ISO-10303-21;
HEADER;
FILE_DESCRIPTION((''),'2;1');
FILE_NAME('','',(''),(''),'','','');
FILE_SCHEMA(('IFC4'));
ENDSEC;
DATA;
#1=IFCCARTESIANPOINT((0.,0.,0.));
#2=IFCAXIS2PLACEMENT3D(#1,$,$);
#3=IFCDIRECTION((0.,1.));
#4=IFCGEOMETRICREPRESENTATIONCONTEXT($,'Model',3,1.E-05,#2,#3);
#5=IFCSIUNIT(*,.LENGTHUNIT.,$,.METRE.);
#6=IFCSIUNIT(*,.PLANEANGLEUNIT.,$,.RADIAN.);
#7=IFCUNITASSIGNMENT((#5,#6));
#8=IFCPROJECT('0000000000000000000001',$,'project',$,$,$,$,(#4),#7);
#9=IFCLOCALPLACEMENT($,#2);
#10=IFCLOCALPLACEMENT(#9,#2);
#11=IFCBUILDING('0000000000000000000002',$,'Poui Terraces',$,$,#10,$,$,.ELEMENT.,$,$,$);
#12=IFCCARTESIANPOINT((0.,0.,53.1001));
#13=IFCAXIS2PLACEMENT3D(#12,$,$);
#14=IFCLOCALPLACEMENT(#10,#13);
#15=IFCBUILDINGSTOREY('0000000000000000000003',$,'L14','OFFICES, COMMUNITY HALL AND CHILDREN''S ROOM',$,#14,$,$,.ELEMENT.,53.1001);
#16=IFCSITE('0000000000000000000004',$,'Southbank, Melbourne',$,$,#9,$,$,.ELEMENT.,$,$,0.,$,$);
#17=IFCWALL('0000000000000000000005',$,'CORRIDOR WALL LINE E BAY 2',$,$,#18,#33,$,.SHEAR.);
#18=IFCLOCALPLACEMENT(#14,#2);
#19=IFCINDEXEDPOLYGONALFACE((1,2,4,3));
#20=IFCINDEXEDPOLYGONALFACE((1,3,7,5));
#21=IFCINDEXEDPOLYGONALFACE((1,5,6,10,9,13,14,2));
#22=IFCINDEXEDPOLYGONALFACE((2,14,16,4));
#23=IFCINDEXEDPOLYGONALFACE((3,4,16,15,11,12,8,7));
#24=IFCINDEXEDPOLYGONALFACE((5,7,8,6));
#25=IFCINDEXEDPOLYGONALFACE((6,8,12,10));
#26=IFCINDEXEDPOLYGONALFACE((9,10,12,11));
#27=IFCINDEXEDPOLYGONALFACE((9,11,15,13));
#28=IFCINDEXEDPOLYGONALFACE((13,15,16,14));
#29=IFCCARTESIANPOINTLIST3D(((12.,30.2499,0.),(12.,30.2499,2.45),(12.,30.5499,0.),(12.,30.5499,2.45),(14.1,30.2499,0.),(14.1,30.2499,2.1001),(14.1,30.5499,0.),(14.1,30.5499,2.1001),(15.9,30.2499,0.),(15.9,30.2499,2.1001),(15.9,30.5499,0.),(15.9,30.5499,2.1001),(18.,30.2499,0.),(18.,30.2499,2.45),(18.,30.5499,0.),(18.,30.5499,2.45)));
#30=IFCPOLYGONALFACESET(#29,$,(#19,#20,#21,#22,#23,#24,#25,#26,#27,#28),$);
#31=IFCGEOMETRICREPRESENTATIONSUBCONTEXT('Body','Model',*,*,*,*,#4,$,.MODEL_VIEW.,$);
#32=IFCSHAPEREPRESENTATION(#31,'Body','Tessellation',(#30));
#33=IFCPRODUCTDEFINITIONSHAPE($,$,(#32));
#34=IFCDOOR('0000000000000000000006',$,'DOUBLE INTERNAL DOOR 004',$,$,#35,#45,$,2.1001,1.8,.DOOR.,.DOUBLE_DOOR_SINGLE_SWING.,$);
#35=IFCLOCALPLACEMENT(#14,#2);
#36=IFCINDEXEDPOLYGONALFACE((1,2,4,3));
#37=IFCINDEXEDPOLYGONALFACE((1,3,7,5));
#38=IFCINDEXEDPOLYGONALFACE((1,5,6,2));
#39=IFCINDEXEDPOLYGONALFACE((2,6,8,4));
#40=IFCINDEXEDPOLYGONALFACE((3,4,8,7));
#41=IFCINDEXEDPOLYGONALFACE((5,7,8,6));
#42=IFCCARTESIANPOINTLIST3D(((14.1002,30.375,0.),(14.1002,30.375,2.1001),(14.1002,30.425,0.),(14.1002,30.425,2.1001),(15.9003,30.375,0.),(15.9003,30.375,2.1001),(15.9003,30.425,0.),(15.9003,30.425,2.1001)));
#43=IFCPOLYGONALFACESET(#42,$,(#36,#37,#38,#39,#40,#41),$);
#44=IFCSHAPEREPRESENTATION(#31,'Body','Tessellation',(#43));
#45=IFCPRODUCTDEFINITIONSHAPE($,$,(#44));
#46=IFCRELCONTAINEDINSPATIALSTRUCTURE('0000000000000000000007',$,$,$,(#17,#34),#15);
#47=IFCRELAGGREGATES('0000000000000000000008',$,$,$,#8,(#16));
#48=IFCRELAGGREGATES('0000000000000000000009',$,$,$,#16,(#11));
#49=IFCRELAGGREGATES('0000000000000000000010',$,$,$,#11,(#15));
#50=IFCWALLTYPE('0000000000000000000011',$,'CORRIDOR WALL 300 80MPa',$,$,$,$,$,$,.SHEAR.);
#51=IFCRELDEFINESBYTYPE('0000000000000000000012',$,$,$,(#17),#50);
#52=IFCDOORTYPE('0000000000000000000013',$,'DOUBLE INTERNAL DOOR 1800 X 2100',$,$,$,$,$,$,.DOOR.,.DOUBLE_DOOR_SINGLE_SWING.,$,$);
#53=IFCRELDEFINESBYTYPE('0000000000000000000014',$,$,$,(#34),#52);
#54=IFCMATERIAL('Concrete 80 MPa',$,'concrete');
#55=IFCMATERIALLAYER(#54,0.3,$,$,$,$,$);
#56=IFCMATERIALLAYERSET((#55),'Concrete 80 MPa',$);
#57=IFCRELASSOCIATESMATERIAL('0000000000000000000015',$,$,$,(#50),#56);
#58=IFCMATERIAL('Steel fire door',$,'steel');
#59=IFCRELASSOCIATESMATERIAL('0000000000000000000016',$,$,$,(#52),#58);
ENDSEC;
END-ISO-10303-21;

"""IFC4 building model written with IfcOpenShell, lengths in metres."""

from ifc_helpers import new_model, si_unit, direction, frame, frame_2d, origin, place, context, subcontext, project, spatial, rectangle, extrude, material, layer, layer_set, type_object, element, fill, save


model = new_model("IFC4")

# Units and contexts
model_context = context("Model", 3, precision=1e-05, world=origin(), true_north=direction((0.0, 1.0)))
body_context = subcontext(model_context, "Body", "Model", "MODEL_VIEW")
ifc_project = project(units=[si_unit("LENGTHUNIT", "METRE"), si_unit("PLANEANGLEUNIT", "RADIAN")], contexts=[model_context])

# Site, building, storey
site_placement = place(None, origin())
site = spatial("IfcSite", under=ifc_project, at=site_placement, Name="Southbank, Melbourne", CompositionType="ELEMENT", RefElevation=0.0)
building_placement = place(site_placement, origin())
building = spatial("IfcBuilding", under=site, at=building_placement, Name="Poui Terraces", CompositionType="ELEMENT")
storey_placement = place(building_placement, frame((0.0, 0.0, 53.1001)))
storey = spatial("IfcBuildingStorey", under=building, at=storey_placement, Name="L14", Description="OFFICES, COMMUNITY HALL AND CHILDREN'S ROOM", CompositionType="ELEMENT", Elevation=53.1001)

# Wall, opening, door
ifc_material_1 = material(Name="Concrete 80 MPa", Category="concrete")
ifc_layer_1 = layer(ifc_material_1, 0.3)
ifc_layer_set_1 = layer_set([ifc_layer_1], Name="Concrete 80 MPa")
wall_type_1 = type_object("IfcWallType", Name="CORRIDOR WALL 300 80MPa", PredefinedType="SHEAR", material=ifc_layer_set_1)
wall_1_placement = place(storey_placement, frame((12.0, 30.3999, 0.0), z_axis=(0.0, 0.0, 1.0), x_axis=(1.0, 0.0, 0.0)))
wall_1 = element("IfcWall", 1, at=wall_1_placement, inside=storey, type_object=wall_type_1, Name="CORRIDOR WALL LINE E BAY 2", PredefinedType="SHEAR", context=body_context, shape_type="SweptSolid", body=[
    extrude(rectangle(XDim=6.0, YDim=0.3, at=frame_2d((3.0, 0.0))), origin(), (0.0, 0.0, 1.0), 2.45),
])
opening_1_placement = place(wall_1_placement, frame((2.1001, 0.0, 0.0)))
opening_1 = element("IfcOpeningElement", 2, at=opening_1_placement, cuts=wall_1, PredefinedType="OPENING", context=body_context, shape_type="SweptSolid", body=[
    extrude(rectangle(XDim=1.8, YDim=2.1001, at=frame_2d((0.8999, 1.05))), frame((0.0, 0.1602, 0.0), z_axis=(0.0, -1.0, 0.0), x_axis=(1.0, 0.0, 0.0)), (0.0, 0.0, 1.0), 0.3201),
])
ifc_material_2 = material(Name="Steel fire door", Category="steel")
door_type_1 = type_object("IfcDoorType", Name="DOUBLE INTERNAL DOOR 1800 X 2100", OperationType="DOUBLE_DOOR_SINGLE_SWING", PredefinedType="DOOR", material=ifc_material_2)
door_1_placement = place(opening_1_placement, frame((1.8, 0.0, 0.0), z_axis=(0.0, 0.0, 1.0), x_axis=(-1.0, 0.0, 0.0)))
door_1 = element("IfcDoor", 3, at=door_1_placement, inside=storey, type_object=door_type_1, Name="DOUBLE INTERNAL DOOR 004", OperationType="DOUBLE_DOOR_SINGLE_SWING", OverallHeight=2.1001, OverallWidth=1.8, PredefinedType="DOOR", context=body_context, shape_type="SweptSolid", body=[
    extrude(rectangle(XDim=1.8, YDim=2.1001, at=frame_2d((0.8999, 1.05))), frame((0.0, 0.0249, 0.0), z_axis=(0.0, -1.0, 0.0), x_axis=(1.0, 0.0, 0.0)), (0.0, 0.0, 1.0), 0.05),
])
fill(opening_1, door_1)

save(model, "model.ifc")
